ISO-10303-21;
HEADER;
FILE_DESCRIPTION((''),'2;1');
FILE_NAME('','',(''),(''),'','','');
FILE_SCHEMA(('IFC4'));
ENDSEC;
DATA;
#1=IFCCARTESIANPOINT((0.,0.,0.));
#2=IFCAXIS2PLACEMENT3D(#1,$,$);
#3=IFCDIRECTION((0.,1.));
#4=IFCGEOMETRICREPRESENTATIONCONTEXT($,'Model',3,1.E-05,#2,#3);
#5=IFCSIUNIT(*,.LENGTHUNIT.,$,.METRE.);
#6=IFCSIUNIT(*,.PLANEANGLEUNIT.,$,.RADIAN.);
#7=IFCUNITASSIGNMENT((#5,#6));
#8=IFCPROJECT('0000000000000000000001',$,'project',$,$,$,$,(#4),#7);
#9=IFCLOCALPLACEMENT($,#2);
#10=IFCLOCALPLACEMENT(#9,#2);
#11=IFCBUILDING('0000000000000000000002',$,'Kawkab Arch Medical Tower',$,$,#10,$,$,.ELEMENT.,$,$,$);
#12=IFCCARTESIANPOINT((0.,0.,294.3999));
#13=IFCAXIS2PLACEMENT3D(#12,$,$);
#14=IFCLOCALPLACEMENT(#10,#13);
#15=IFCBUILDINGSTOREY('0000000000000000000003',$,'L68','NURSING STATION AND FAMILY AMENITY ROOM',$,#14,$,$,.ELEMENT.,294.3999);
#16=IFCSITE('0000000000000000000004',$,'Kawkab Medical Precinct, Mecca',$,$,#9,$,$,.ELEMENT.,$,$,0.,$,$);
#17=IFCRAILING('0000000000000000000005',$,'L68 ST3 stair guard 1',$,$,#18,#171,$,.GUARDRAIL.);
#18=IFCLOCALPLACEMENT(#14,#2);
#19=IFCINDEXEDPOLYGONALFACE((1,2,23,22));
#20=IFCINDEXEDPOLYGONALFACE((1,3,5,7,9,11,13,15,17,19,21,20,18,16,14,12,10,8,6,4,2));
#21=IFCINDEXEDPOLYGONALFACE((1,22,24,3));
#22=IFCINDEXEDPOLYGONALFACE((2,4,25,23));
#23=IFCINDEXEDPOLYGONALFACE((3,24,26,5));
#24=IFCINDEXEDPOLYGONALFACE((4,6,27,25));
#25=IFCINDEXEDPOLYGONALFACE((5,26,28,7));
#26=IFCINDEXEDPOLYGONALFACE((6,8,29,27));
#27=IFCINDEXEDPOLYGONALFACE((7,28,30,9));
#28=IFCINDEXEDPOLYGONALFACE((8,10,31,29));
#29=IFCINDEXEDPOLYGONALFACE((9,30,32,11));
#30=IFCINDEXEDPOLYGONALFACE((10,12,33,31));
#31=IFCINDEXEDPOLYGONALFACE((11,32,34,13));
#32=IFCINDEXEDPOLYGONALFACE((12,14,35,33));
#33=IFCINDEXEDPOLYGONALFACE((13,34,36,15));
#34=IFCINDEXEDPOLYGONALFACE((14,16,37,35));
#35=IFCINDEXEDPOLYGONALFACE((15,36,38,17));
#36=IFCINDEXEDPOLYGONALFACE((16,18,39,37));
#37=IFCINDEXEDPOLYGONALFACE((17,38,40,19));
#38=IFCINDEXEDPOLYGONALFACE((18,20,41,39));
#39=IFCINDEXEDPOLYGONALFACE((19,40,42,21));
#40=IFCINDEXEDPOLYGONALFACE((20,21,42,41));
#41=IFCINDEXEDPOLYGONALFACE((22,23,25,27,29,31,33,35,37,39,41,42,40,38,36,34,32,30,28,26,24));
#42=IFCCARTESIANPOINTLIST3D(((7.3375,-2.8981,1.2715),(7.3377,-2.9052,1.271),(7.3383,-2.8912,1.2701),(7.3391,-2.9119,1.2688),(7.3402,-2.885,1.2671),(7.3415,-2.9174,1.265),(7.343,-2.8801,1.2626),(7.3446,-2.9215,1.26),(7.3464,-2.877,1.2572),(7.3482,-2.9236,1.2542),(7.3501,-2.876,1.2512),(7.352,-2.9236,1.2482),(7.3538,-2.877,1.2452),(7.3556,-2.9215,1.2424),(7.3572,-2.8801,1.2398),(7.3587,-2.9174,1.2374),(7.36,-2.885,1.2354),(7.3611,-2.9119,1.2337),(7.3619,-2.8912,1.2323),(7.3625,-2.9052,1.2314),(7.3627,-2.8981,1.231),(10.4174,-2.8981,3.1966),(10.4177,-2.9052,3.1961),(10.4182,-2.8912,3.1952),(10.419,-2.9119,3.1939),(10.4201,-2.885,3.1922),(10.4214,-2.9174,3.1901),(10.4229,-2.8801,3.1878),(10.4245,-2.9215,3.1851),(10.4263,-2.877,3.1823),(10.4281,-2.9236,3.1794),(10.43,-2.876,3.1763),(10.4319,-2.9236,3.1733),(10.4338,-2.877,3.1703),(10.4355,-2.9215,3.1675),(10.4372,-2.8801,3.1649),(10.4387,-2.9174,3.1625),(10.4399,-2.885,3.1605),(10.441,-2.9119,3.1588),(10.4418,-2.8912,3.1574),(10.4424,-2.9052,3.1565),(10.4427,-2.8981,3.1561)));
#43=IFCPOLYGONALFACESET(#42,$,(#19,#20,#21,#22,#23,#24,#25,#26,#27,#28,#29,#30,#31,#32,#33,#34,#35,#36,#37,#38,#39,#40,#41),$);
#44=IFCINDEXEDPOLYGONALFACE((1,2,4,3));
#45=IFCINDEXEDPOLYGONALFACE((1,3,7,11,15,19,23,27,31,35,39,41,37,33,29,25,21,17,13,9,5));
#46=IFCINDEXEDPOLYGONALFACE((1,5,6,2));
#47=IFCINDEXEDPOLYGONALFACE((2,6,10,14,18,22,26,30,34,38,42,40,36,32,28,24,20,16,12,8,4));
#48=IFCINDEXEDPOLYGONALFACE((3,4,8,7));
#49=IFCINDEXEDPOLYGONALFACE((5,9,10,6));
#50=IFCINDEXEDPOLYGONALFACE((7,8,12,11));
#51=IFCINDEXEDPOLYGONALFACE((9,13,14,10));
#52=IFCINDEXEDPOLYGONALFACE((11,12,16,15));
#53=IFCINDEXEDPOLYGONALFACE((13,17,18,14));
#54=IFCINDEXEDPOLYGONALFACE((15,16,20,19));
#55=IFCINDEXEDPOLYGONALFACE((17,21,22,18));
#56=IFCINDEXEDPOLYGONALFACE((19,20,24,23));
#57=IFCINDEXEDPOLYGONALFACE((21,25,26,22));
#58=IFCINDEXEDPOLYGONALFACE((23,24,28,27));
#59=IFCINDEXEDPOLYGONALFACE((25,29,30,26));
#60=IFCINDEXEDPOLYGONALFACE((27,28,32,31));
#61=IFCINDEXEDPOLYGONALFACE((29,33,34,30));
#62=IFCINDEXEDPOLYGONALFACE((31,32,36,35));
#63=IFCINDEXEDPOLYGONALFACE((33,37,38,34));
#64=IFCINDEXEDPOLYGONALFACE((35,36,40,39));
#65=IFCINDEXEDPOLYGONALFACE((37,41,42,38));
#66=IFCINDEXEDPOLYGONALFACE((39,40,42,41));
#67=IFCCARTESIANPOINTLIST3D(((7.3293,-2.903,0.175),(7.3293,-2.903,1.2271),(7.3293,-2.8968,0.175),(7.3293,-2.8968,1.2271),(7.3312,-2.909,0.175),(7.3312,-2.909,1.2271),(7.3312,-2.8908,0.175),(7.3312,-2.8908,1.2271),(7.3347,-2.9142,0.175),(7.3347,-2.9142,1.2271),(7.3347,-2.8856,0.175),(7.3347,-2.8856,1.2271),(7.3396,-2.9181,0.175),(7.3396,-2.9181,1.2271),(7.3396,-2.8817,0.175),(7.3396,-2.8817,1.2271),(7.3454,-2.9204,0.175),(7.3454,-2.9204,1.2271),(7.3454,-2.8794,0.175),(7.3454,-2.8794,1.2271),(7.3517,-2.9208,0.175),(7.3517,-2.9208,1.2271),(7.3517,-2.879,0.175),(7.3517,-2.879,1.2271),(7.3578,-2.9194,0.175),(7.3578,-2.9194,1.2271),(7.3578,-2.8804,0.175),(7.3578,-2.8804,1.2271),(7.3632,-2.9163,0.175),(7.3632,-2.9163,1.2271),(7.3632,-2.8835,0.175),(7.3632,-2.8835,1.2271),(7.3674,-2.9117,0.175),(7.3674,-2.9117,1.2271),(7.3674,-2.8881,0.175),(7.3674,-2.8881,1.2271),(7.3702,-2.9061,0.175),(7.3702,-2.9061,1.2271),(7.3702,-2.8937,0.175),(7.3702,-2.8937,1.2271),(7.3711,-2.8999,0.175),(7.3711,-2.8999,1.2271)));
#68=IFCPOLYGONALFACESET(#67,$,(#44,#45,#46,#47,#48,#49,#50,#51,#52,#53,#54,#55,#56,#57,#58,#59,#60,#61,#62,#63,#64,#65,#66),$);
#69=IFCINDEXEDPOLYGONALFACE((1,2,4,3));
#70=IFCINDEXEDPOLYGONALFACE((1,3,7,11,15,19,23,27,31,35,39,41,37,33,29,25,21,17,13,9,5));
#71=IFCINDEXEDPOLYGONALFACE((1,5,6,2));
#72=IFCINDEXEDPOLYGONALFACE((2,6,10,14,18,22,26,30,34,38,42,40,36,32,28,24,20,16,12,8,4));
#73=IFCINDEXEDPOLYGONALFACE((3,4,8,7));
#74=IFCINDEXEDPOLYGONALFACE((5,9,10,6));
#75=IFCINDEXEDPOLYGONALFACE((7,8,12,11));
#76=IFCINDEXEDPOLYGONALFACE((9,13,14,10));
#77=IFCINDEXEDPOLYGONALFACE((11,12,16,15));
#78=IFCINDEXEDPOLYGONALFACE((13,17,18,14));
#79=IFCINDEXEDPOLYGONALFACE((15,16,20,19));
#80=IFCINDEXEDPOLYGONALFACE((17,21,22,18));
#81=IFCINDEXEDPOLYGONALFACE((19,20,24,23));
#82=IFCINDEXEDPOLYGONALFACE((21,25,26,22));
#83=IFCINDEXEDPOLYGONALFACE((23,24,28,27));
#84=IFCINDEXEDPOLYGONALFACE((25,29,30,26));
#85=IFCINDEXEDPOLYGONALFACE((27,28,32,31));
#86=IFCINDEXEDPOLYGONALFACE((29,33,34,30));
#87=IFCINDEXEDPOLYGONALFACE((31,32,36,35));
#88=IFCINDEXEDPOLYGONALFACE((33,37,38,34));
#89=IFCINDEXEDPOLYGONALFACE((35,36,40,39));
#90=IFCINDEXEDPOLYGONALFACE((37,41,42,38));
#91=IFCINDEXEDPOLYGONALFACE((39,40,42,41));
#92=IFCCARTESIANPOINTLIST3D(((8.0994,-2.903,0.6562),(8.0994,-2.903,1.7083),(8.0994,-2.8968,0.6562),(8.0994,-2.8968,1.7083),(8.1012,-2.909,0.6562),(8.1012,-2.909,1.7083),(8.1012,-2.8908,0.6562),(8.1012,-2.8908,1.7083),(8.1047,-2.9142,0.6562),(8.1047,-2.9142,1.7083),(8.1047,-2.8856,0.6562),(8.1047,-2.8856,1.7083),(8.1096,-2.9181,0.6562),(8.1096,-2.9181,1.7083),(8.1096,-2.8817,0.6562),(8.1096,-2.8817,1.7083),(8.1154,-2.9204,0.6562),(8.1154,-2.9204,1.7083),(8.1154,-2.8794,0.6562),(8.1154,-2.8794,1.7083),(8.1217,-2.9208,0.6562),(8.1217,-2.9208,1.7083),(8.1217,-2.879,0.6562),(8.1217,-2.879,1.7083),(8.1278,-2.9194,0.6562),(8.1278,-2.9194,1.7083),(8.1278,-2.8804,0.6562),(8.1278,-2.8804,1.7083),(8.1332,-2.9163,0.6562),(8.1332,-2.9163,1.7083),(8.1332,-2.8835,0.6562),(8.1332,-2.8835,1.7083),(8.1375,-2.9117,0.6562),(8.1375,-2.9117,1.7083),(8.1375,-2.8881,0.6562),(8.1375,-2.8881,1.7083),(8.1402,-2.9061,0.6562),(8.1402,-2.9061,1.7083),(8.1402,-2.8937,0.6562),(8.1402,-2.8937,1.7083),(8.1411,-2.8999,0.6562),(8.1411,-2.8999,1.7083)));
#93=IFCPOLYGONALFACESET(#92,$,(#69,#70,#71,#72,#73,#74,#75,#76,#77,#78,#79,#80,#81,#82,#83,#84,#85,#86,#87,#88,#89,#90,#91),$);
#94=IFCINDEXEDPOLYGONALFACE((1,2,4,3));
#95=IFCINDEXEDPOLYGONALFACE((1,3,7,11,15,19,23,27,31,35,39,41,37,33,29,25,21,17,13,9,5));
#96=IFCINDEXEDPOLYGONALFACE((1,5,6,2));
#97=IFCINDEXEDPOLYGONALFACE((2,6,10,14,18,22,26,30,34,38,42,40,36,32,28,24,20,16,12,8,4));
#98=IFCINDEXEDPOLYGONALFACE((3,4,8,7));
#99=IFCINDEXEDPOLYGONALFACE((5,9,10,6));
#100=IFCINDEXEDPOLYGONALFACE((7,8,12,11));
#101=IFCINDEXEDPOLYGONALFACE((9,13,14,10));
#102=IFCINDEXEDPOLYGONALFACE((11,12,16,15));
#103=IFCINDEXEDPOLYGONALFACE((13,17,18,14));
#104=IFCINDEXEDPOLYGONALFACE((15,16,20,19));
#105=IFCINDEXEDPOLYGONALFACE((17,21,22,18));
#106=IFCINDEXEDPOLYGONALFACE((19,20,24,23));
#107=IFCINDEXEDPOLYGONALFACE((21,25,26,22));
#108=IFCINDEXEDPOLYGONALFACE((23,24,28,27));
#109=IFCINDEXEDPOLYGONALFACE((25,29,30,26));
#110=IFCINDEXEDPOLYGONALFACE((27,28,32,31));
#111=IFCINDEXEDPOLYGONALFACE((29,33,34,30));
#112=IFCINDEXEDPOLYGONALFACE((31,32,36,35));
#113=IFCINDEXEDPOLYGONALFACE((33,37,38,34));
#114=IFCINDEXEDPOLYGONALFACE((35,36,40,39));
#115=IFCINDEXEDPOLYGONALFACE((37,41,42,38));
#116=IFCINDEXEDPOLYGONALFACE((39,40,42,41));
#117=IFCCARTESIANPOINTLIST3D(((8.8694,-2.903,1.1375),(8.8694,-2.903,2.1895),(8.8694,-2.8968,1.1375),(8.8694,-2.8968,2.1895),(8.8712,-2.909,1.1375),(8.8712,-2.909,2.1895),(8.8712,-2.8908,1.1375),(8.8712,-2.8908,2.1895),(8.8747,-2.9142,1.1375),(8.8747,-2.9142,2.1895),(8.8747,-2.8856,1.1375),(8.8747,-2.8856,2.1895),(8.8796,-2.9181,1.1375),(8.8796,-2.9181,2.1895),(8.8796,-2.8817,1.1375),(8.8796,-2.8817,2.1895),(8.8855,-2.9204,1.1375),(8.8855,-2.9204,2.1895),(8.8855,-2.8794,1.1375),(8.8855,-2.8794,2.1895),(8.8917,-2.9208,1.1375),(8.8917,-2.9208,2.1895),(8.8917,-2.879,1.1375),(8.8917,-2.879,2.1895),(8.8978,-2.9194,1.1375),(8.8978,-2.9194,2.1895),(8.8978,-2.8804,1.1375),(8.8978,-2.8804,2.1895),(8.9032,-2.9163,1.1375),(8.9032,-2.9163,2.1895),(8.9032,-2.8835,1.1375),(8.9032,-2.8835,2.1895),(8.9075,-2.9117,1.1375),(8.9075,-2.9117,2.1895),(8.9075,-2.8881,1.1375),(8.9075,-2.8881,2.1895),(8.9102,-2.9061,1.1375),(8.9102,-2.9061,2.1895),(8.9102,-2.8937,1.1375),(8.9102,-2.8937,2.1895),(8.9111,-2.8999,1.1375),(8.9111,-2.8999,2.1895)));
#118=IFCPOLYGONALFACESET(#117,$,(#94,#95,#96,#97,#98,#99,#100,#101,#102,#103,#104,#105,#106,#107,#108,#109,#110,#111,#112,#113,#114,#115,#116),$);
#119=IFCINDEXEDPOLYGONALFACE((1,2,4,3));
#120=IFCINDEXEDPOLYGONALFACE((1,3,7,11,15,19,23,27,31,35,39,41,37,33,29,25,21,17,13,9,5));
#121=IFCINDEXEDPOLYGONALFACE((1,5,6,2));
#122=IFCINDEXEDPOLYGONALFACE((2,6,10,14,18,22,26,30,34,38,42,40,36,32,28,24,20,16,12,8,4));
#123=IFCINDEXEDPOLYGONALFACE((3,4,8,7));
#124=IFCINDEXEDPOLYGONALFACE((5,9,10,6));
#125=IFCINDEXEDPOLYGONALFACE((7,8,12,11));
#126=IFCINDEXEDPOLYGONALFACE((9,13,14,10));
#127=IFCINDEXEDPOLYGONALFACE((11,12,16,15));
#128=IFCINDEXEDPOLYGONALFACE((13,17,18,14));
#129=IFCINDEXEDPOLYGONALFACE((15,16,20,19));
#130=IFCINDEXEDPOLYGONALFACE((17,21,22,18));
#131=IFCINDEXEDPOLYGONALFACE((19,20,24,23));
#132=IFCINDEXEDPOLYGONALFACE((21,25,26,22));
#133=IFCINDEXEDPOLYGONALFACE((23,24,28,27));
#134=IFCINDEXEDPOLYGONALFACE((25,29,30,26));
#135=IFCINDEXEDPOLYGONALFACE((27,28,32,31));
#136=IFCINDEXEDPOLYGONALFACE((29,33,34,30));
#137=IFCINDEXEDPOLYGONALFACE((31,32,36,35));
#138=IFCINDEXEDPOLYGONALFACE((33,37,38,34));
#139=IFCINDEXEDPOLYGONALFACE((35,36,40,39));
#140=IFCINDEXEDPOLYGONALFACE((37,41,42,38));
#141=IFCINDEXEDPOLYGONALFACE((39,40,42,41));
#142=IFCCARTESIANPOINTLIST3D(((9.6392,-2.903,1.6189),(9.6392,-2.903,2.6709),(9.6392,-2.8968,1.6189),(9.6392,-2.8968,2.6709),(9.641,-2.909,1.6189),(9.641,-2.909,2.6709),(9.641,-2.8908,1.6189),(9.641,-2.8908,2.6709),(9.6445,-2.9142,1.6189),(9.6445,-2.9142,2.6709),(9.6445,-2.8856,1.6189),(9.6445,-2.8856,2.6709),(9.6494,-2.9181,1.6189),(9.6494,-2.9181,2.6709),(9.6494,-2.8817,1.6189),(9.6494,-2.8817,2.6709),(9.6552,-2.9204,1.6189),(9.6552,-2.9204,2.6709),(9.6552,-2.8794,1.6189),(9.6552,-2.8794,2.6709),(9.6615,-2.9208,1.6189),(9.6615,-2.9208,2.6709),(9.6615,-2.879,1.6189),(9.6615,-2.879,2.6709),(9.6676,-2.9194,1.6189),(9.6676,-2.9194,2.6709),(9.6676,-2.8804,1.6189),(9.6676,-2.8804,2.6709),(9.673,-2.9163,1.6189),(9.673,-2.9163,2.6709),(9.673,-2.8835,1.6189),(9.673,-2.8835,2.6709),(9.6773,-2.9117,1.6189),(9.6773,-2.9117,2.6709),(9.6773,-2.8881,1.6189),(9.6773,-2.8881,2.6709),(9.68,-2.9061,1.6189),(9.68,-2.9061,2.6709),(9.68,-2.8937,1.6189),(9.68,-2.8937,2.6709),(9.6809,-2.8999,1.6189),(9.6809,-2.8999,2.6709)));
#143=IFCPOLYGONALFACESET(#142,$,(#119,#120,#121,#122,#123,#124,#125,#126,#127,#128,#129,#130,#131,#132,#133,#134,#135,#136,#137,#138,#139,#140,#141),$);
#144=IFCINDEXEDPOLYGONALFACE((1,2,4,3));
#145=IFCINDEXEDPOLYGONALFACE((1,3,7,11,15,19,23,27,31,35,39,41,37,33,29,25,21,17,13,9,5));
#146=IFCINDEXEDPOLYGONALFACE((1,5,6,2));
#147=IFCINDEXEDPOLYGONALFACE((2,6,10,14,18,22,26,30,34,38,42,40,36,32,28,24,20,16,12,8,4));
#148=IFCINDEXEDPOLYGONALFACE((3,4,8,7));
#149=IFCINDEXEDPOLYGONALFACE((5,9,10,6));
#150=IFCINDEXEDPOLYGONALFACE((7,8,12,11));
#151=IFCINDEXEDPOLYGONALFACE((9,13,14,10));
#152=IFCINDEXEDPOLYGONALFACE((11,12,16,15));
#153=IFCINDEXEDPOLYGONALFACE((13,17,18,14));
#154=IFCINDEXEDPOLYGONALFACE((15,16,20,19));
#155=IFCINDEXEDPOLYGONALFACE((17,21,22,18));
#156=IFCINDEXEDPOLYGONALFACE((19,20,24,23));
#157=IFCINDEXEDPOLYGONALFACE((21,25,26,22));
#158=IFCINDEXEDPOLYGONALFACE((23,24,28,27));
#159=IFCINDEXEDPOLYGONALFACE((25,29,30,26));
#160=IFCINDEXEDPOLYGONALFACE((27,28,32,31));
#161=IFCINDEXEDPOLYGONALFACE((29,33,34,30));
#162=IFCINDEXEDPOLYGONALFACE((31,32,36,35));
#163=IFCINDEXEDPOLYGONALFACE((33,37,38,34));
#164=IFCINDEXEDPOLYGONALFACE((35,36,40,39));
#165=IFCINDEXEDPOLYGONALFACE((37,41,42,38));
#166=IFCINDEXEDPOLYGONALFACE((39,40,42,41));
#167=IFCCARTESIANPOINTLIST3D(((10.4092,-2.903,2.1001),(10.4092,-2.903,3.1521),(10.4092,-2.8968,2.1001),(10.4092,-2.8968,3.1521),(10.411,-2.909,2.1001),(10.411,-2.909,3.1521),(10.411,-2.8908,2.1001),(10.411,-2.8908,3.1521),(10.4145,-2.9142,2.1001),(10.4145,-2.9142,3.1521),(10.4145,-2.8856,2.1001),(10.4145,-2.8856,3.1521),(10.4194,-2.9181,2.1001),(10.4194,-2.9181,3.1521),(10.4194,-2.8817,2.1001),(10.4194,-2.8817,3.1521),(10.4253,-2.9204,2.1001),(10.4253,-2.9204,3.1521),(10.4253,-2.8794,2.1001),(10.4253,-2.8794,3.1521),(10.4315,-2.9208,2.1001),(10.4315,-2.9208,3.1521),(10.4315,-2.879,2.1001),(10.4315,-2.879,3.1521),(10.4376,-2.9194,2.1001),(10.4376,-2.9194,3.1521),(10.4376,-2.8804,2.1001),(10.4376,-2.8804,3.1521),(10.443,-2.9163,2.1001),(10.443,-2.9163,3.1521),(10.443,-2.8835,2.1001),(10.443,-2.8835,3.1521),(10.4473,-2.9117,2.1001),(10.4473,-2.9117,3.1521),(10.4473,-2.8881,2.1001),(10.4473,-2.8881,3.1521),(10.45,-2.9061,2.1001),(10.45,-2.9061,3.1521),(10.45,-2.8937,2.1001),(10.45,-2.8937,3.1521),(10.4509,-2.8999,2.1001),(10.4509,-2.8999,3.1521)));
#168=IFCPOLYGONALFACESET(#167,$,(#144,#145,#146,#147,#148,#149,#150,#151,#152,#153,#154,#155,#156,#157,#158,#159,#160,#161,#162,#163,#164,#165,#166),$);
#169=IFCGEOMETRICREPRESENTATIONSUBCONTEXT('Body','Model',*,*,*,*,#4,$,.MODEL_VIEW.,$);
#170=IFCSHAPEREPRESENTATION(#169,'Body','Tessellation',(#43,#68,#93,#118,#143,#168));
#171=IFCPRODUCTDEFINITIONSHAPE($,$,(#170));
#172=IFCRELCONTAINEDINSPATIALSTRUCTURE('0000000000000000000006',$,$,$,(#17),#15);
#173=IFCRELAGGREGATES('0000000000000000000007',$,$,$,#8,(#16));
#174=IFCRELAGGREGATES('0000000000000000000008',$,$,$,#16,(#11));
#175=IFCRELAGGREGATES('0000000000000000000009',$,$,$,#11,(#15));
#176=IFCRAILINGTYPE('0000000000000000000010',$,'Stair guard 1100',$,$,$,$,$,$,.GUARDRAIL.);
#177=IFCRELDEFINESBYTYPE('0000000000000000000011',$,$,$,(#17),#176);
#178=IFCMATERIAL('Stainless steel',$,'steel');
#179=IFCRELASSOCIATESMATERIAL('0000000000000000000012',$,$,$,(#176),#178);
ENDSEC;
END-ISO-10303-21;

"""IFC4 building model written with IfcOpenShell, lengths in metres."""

from ifc_helpers import new_model, si_unit, direction, frame, origin, origin_2d, place, context, subcontext, project, spatial, circle, extrude, material, type_object, element, save


model = new_model("IFC4")

# Units and contexts
model_context = context("Model", 3, precision=1e-05, world=origin(), true_north=direction((0.0, 1.0)))
body_context = subcontext(model_context, "Body", "Model", "MODEL_VIEW")
ifc_project = project(units=[si_unit("LENGTHUNIT", "METRE"), si_unit("PLANEANGLEUNIT", "RADIAN")], contexts=[model_context])

# Site, building, storey
site_placement = place(None, origin())
site = spatial("IfcSite", under=ifc_project, at=site_placement, Name="Kawkab Medical Precinct, Mecca", CompositionType="ELEMENT", RefElevation=0.0)
building_placement = place(site_placement, origin())
building = spatial("IfcBuilding", under=site, at=building_placement, Name="Kawkab Arch Medical Tower", CompositionType="ELEMENT")
storey_placement = place(building_placement, frame((0.0, 0.0, 294.3999)))
storey = spatial("IfcBuildingStorey", under=building, at=storey_placement, Name="L68", Description="NURSING STATION AND FAMILY AMENITY ROOM", CompositionType="ELEMENT", Elevation=294.3999)

# Railing
ifc_material_1 = material(Name="Stainless steel", Category="steel")
railing_type_1 = type_object("IfcRailingType", Name="Stair guard 1100", PredefinedType="GUARDRAIL", material=ifc_material_1)
railing_1_placement = place(storey_placement, frame((7.3501, -2.8999, 0.175)))
element("IfcRailing", 1, at=railing_1_placement, inside=storey, type_object=railing_type_1, Name="L68 ST3 stair guard 1", PredefinedType="GUARDRAIL", context=body_context, shape_type="SweptSolid", body=[
    extrude(circle(Radius=0.0239, at=origin_2d()), frame((0.0, 0.0, 1.0762), z_axis=(0.847979, 0.0, 0.530029), x_axis=(0.0, 1.0, 0.0)), (0.0, 0.0, 1.0), 3.6321),
    extrude(circle(Radius=0.021, at=origin_2d()), origin(), (0.0, 0.0, 1.0), 1.052),
    extrude(circle(Radius=0.021, at=origin_2d()), frame((0.77, 0.0, 0.4812)), (0.0, 0.0, 1.0), 1.052),
    extrude(circle(Radius=0.021, at=origin_2d()), frame((1.54, 0.0, 0.9624)), (0.0, 0.0, 1.0), 1.052),
    extrude(circle(Radius=0.021, at=origin_2d()), frame((2.3098, 0.0, 1.4438)), (0.0, 0.0, 1.0), 1.052),
    extrude(circle(Radius=0.021, at=origin_2d()), frame((3.0798, 0.0, 1.925)), (0.0, 0.0, 1.0), 1.052),
])

save(model, "model.ifc")
